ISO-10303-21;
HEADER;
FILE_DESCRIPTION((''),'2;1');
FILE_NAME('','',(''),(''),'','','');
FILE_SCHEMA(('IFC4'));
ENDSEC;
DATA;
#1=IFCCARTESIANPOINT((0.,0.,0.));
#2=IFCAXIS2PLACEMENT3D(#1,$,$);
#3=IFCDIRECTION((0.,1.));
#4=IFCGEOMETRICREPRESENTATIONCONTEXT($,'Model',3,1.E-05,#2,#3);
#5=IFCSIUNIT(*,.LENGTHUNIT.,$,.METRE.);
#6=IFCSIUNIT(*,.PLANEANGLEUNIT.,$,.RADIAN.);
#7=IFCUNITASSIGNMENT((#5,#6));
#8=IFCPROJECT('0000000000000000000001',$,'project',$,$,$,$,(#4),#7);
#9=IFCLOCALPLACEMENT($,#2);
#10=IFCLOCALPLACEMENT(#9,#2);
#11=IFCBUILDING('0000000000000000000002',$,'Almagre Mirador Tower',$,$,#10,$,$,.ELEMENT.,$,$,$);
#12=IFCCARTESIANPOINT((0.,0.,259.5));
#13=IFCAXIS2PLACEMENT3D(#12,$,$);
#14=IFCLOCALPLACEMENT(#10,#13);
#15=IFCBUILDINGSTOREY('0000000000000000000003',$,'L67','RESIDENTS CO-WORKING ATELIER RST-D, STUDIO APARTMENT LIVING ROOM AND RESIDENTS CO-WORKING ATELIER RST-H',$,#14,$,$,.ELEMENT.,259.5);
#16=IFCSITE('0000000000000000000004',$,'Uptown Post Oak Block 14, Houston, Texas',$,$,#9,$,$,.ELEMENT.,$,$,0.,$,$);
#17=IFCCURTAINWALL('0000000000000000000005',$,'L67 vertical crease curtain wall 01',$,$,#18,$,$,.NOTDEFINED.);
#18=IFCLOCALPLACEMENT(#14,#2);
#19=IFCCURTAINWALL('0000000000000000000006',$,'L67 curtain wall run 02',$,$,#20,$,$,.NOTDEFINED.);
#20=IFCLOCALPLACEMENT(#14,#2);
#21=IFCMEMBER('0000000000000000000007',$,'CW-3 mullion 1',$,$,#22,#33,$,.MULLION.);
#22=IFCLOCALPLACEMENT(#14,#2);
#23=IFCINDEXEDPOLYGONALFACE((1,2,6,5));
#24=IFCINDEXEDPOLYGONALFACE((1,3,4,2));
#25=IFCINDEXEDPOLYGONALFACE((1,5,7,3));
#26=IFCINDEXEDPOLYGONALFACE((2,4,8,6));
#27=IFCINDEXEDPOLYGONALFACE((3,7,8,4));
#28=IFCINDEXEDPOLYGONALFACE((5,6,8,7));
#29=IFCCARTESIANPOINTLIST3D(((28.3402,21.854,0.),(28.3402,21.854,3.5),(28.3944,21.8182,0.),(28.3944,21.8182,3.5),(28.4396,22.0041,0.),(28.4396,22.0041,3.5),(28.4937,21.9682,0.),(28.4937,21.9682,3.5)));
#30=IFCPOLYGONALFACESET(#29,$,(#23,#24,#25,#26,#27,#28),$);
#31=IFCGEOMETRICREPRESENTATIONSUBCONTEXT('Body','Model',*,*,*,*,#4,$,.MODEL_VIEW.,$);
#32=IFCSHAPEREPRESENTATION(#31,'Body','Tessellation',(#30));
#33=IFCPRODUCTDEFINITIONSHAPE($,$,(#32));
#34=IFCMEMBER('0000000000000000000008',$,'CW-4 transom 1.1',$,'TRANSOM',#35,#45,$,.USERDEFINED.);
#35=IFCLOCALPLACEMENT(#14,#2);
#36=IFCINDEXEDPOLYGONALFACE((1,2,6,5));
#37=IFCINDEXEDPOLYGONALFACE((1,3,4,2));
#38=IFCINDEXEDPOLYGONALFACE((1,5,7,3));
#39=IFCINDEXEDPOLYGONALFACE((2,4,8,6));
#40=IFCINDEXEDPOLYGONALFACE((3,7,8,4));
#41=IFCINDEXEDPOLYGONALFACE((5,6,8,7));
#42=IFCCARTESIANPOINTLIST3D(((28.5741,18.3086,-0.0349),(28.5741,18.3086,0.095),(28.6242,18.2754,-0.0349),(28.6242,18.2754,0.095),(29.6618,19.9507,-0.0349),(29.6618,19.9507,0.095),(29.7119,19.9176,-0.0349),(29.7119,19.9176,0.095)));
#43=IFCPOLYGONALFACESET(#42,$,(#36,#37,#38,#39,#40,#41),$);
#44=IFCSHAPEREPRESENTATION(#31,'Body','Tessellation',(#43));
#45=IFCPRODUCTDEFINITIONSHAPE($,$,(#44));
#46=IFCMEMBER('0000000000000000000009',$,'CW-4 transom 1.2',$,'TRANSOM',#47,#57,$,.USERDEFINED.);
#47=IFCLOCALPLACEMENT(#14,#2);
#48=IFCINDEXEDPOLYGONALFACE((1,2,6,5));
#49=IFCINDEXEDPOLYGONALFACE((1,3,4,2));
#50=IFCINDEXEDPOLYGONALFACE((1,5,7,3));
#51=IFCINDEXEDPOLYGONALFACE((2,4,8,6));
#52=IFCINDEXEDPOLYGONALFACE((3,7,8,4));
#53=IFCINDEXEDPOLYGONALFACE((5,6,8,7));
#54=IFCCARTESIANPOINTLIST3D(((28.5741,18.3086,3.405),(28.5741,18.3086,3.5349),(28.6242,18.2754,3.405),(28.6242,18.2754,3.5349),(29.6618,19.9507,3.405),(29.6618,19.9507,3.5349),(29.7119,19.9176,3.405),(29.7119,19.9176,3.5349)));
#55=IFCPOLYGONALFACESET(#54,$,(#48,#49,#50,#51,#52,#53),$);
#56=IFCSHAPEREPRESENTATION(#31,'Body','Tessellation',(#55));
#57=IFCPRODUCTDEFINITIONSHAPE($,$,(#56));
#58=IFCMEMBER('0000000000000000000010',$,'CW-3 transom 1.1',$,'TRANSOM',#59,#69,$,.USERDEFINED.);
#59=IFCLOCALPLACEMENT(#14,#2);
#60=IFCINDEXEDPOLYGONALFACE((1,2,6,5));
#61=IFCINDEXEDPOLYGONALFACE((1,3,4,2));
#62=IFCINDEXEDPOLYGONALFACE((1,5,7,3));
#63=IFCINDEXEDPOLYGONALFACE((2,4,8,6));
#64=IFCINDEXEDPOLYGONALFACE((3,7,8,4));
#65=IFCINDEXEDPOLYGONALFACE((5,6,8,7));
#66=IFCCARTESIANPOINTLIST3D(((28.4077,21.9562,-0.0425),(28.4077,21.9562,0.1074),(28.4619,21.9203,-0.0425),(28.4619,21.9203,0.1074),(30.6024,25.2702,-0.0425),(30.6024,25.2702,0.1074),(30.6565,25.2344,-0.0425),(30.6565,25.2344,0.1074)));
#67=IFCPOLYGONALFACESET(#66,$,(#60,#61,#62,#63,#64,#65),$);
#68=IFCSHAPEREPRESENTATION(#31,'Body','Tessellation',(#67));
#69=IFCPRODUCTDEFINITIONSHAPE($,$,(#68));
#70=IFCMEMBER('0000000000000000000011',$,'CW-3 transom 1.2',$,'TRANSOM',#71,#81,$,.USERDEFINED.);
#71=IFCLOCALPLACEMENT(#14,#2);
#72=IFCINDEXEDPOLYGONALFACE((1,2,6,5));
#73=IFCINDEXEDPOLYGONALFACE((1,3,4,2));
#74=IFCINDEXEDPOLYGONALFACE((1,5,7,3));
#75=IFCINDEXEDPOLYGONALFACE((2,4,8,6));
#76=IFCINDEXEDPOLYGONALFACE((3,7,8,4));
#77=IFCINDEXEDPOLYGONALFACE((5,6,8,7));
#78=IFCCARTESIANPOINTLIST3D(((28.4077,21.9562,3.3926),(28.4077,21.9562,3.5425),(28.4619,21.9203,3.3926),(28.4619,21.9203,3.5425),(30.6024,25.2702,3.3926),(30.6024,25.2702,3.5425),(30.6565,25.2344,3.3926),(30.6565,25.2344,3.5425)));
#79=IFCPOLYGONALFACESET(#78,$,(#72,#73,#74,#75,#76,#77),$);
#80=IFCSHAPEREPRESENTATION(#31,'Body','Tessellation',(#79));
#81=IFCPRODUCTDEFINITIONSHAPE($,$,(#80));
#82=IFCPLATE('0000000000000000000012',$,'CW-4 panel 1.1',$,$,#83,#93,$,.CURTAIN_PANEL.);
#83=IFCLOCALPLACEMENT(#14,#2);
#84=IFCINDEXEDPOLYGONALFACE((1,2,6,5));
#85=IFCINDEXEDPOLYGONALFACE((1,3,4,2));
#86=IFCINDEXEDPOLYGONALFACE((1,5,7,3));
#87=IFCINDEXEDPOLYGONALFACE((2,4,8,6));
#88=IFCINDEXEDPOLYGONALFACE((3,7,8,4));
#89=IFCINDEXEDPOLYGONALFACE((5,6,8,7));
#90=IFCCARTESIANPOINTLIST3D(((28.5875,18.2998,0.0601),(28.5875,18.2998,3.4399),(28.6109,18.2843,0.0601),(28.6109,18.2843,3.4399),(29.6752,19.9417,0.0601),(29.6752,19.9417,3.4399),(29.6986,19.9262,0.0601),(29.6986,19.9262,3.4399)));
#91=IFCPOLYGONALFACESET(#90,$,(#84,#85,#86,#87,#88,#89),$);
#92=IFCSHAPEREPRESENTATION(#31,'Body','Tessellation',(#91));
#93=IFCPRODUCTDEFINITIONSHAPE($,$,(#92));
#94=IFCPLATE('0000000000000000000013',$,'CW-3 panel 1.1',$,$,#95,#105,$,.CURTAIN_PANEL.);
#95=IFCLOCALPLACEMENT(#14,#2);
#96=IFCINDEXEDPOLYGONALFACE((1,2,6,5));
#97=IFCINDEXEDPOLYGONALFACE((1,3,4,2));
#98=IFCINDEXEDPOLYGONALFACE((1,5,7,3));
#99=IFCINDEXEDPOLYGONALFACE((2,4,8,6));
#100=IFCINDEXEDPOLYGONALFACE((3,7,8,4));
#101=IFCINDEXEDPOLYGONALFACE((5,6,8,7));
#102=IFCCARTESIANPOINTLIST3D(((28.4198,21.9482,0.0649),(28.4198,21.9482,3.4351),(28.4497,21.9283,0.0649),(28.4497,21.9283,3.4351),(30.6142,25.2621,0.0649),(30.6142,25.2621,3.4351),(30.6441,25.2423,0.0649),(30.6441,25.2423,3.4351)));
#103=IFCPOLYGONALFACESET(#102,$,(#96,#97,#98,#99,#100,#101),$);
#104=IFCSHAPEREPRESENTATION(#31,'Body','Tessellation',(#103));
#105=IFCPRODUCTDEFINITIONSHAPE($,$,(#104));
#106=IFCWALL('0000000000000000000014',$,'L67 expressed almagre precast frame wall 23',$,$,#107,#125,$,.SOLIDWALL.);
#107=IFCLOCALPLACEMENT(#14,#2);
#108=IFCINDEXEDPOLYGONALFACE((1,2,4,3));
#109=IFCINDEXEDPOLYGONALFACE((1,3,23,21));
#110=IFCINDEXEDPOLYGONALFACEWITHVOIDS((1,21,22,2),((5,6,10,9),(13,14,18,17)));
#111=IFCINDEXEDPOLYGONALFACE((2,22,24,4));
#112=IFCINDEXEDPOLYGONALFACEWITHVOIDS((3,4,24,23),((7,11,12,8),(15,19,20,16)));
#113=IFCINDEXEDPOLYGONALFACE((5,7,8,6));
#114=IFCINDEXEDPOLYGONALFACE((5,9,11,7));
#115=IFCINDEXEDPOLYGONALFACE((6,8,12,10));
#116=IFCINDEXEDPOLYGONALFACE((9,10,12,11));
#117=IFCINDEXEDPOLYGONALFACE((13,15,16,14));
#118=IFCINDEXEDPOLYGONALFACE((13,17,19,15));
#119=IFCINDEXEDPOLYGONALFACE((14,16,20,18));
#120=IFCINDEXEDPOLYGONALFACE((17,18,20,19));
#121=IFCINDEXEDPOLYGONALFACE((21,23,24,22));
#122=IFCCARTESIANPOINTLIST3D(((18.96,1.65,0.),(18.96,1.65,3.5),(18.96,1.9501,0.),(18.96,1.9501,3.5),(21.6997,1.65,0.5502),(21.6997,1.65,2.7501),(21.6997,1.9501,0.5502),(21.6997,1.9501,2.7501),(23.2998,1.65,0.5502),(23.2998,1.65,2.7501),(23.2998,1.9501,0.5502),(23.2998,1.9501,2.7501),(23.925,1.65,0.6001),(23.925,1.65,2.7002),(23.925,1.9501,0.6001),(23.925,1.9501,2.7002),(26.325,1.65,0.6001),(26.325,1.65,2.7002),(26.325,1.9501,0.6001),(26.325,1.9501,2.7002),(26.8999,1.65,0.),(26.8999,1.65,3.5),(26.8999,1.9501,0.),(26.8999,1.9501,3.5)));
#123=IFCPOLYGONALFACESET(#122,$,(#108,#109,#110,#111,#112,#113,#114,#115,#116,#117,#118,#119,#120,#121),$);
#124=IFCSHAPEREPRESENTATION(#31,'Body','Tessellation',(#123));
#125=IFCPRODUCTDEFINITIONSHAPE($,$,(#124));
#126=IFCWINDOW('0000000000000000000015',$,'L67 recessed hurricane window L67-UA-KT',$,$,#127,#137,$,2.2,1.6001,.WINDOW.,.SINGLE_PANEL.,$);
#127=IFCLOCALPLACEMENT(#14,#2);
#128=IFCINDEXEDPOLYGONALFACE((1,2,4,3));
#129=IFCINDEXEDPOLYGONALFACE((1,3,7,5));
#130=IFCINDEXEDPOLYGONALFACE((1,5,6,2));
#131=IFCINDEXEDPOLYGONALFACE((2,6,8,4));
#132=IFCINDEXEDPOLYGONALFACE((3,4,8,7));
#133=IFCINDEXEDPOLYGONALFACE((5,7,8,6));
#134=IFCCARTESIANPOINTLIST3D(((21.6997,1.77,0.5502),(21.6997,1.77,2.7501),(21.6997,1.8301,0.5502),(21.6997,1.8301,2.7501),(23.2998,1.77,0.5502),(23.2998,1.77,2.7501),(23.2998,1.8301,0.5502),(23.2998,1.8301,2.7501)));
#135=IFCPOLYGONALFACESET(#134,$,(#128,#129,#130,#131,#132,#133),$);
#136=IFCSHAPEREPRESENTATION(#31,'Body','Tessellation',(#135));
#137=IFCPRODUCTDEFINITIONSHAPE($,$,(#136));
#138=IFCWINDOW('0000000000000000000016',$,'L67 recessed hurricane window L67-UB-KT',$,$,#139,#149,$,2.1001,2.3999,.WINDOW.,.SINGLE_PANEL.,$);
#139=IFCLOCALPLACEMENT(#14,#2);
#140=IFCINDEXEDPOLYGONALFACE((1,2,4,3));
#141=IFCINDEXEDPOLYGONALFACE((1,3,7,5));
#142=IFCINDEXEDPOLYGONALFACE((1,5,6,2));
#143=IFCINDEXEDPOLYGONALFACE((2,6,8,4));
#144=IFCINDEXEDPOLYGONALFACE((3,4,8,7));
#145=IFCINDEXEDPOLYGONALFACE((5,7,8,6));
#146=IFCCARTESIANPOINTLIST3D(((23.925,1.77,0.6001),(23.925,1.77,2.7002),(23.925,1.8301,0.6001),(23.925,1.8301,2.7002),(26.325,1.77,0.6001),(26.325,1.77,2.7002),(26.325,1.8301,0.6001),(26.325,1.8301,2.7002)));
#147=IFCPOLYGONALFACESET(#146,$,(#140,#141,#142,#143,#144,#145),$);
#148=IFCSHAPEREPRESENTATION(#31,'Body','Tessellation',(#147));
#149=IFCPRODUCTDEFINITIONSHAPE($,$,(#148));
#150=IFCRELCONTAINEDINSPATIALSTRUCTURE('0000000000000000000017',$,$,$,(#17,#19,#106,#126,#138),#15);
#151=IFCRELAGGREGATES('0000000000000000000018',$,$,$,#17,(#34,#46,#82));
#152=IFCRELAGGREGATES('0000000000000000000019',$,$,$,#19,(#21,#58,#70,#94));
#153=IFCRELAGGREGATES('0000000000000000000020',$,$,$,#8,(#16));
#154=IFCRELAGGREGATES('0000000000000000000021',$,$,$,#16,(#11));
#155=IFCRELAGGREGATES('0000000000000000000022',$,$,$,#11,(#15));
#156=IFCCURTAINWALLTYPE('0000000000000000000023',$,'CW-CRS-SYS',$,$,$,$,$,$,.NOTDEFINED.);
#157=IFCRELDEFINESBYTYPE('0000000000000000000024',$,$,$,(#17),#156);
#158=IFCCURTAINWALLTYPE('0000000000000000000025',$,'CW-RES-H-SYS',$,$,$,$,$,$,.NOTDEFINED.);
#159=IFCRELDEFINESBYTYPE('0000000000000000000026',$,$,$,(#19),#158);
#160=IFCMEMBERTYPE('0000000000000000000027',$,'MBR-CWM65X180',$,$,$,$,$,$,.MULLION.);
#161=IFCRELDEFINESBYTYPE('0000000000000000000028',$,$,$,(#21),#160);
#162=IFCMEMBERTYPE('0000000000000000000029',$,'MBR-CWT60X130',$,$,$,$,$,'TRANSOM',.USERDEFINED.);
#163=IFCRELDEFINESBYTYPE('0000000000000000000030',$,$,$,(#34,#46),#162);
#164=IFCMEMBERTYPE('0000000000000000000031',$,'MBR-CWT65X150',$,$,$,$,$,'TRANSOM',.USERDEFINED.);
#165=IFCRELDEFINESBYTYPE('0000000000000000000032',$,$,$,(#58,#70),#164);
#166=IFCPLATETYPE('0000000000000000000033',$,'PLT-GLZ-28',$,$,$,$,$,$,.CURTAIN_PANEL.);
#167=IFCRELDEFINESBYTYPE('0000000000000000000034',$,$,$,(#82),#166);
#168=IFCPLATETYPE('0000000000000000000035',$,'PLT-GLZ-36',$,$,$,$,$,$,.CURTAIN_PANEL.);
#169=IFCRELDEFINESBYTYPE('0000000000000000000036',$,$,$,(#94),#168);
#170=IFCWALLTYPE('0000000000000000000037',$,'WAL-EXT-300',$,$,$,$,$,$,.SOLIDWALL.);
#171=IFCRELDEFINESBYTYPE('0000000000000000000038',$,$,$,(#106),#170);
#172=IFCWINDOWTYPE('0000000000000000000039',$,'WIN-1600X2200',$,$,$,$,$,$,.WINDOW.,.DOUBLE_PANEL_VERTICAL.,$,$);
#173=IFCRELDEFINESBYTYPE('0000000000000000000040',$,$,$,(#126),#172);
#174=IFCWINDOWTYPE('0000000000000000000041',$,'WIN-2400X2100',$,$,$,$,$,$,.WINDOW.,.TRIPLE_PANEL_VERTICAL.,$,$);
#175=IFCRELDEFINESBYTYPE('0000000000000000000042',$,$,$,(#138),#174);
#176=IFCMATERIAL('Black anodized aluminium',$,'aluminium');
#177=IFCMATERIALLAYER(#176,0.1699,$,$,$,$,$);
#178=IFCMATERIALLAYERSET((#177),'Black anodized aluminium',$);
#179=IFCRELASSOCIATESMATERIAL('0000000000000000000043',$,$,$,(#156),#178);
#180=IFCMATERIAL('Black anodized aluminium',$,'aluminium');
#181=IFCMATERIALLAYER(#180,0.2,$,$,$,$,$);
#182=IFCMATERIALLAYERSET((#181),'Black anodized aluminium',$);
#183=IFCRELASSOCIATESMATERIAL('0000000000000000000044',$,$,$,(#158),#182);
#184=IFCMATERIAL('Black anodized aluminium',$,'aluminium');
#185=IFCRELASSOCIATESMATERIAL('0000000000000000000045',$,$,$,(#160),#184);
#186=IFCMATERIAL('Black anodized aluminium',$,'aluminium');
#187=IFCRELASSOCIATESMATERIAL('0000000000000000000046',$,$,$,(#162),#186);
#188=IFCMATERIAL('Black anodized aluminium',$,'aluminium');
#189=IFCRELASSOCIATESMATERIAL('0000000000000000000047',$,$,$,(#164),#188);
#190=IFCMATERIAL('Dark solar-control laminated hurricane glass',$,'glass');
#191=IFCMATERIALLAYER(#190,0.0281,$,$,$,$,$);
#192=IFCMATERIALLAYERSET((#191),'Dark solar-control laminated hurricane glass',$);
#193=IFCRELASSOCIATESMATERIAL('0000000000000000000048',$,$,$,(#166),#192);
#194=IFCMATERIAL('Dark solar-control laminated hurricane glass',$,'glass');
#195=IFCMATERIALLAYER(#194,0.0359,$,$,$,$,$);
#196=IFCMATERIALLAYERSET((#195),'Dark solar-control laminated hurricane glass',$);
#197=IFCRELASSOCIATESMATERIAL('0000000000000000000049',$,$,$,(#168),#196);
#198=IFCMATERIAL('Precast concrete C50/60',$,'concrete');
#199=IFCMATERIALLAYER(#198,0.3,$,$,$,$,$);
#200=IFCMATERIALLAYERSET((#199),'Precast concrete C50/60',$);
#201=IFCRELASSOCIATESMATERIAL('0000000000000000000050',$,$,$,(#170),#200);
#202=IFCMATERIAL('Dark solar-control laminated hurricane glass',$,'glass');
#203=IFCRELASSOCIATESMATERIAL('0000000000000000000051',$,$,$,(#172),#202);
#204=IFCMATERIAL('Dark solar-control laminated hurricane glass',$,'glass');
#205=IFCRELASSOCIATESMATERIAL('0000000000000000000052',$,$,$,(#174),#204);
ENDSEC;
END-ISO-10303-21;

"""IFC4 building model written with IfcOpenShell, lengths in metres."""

from ifc_helpers import new_model, si_unit, direction, frame, frame_2d, origin, origin_2d, place, context, subcontext, project, spatial, rectangle, extrude, material, layer, layer_set, material_profile, profile_set, type_object, element, fill, aggregate, save


model = new_model("IFC4")

# Units and contexts
model_context = context("Model", 3, precision=1e-05, world=origin(), true_north=direction((0.0, 1.0)))
body_context = subcontext(model_context, "Body", "Model", "MODEL_VIEW")
ifc_project = project(units=[si_unit("LENGTHUNIT", "METRE"), si_unit("PLANEANGLEUNIT", "RADIAN")], contexts=[model_context])

# Site, building, storey
site_placement = place(None, origin())
site = spatial("IfcSite", under=ifc_project, at=site_placement, Name="Uptown Post Oak Block 14, Houston, Texas", CompositionType="ELEMENT", RefElevation=0.0)
building_placement = place(site_placement, origin())
building = spatial("IfcBuilding", under=site, at=building_placement, Name="Almagre Mirador Tower", CompositionType="ELEMENT")
storey_placement = place(building_placement, frame((0.0, 0.0, 259.5)))
storey = spatial("IfcBuildingStorey", under=building, at=storey_placement, Name="L67", Description="RESIDENTS CO-WORKING ATELIER RST-D, STUDIO APARTMENT LIVING ROOM AND RESIDENTS CO-WORKING ATELIER RST-H", CompositionType="ELEMENT", Elevation=259.5)

# Curtain walls, member
ifc_material_1 = material(Name="Black anodized aluminium", Category="aluminium")
ifc_layer_1 = layer(ifc_material_1, 0.1699)
ifc_layer_set_1 = layer_set([ifc_layer_1], Name="Black anodized aluminium")
curtain_wall_type_1 = type_object("IfcCurtainWallType", Name="CW-CRS-SYS", PredefinedType="NOTDEFINED", material=ifc_layer_set_1)
curtain_wall_1_placement = place(storey_placement, origin())
curtain_wall_1 = element("IfcCurtainWall", 1, at=curtain_wall_1_placement, inside=storey, type_object=curtain_wall_type_1, Name="L67 vertical crease curtain wall 01", PredefinedType="NOTDEFINED")
ifc_material_2 = material(Name="Black anodized aluminium", Category="aluminium")
ifc_layer_2 = layer(ifc_material_2, 0.2)
ifc_layer_set_2 = layer_set([ifc_layer_2], Name="Black anodized aluminium")
curtain_wall_type_2 = type_object("IfcCurtainWallType", Name="CW-RES-H-SYS", PredefinedType="NOTDEFINED", material=ifc_layer_set_2)
curtain_wall_2_placement = place(storey_placement, origin())
curtain_wall_2 = element("IfcCurtainWall", 2, at=curtain_wall_2_placement, inside=storey, type_object=curtain_wall_type_2, Name="L67 curtain wall run 02", PredefinedType="NOTDEFINED")
ifc_material_3 = material(Name="Black anodized aluminium", Category="aluminium")
ifc_material_profile_1 = material_profile(ifc_material_3, rectangle(XDim=0.0649, YDim=0.1799, at=origin_2d()), Name="CWM65X180")
ifc_profile_set_1 = profile_set([ifc_material_profile_1], Name="Black anodized aluminium")
member_type_1 = type_object("IfcMemberType", Name="MBR-CWM65X180", PredefinedType="MULLION", material=ifc_profile_set_1)
member_1_placement = place(storey_placement, frame((28.417, 21.9111, 0.0), z_axis=(0.0, 0.0, 1.0), x_axis=(-0.833775, 0.552105, 0.0)))
member_1 = element("IfcMember", 3, at=member_1_placement, type_object=member_type_1, Name="CW-3 mullion 1", PredefinedType="MULLION", context=body_context, shape_type="SweptSolid", body=[
    extrude(rectangle(XDim=0.0649, YDim=0.1799, at=origin_2d()), origin(), (0.0, 0.0, 1.0), 3.5),
])

# Members
ifc_material_4 = material(Name="Black anodized aluminium", Category="aluminium")
ifc_material_profile_2 = material_profile(ifc_material_4, rectangle(XDim=0.0601, YDim=0.1299, at=origin_2d()), Name="CWT60X130")
ifc_profile_set_2 = profile_set([ifc_material_profile_2], Name="Black anodized aluminium")
member_type_2 = type_object("IfcMemberType", Name="MBR-CWT60X130", ElementType="TRANSOM", PredefinedType="USERDEFINED", material=ifc_profile_set_2)
member_2_placement = place(storey_placement, frame((28.5991, 18.292, 0.03), z_axis=(0.552209, 0.833706, 0.0), x_axis=(-0.833706, 0.552209, 0.0)))
member_2 = element("IfcMember", 4, at=member_2_placement, type_object=member_type_2, Name="CW-4 transom 1.1", ObjectType="TRANSOM", PredefinedType="USERDEFINED", context=body_context, shape_type="SweptSolid", body=[
    extrude(rectangle(XDim=0.0601, YDim=0.1299, at=origin_2d()), origin(), (0.0, 0.0, 1.0), 1.9697),
])
member_3_placement = place(storey_placement, frame((28.5991, 18.292, 3.47), z_axis=(0.552209, 0.833706, 0.0), x_axis=(-0.833706, 0.552209, 0.0)))
member_3 = element("IfcMember", 5, at=member_3_placement, type_object=member_type_2, Name="CW-4 transom 1.2", ObjectType="TRANSOM", PredefinedType="USERDEFINED", context=body_context, shape_type="SweptSolid", body=[
    extrude(rectangle(XDim=0.0601, YDim=0.1299, at=origin_2d()), origin(), (0.0, 0.0, 1.0), 1.9697),
])
ifc_material_5 = material(Name="Black anodized aluminium", Category="aluminium")
ifc_material_profile_3 = material_profile(ifc_material_5, rectangle(XDim=0.0649, YDim=0.1499, at=origin_2d()), Name="CWT65X150")
ifc_profile_set_3 = profile_set([ifc_material_profile_3], Name="Black anodized aluminium")
member_type_3 = type_object("IfcMemberType", Name="MBR-CWT65X150", ElementType="TRANSOM", PredefinedType="USERDEFINED", material=ifc_profile_set_3)
member_4_placement = place(storey_placement, frame((28.4348, 21.9382, 0.0325), z_axis=(0.552132, 0.833757, 0.0), x_axis=(-0.833757, 0.552132, 0.0)))
member_4 = element("IfcMember", 6, at=member_4_placement, type_object=member_type_3, Name="CW-3 transom 1.1", ObjectType="TRANSOM", PredefinedType="USERDEFINED", context=body_context, shape_type="SweptSolid", body=[
    extrude(rectangle(XDim=0.0649, YDim=0.1499, at=origin_2d()), origin(), (0.0, 0.0, 1.0), 3.9749),
])
member_5_placement = place(storey_placement, frame((28.4348, 21.9382, 3.4675), z_axis=(0.552132, 0.833757, 0.0), x_axis=(-0.833757, 0.552132, 0.0)))
member_5 = element("IfcMember", 7, at=member_5_placement, type_object=member_type_3, Name="CW-3 transom 1.2", ObjectType="TRANSOM", PredefinedType="USERDEFINED", context=body_context, shape_type="SweptSolid", body=[
    extrude(rectangle(XDim=0.0649, YDim=0.1499, at=origin_2d()), origin(), (0.0, 0.0, 1.0), 3.9749),
])

# Plates
ifc_material_6 = material(Name="Dark solar-control laminated hurricane glass", Category="glass")
ifc_layer_3 = layer(ifc_material_6, 0.0281)
ifc_layer_set_3 = layer_set([ifc_layer_3], Name="Dark solar-control laminated hurricane glass")
plate_type_1 = type_object("IfcPlateType", Name="PLT-GLZ-28", PredefinedType="CURTAIN_PANEL", material=ifc_layer_set_3)
plate_1_placement = place(storey_placement, frame((29.1431, 19.113, 0.0601), z_axis=(0.0, 0.0, 1.0), x_axis=(0.552268, 0.833667, 0.0)))
plate_1 = element("IfcPlate", 8, at=plate_1_placement, type_object=plate_type_1, Name="CW-4 panel 1.1", PredefinedType="CURTAIN_PANEL", context=body_context, shape_type="SweptSolid", body=[
    extrude(rectangle(XDim=1.9695, YDim=0.0281, at=origin_2d()), origin(), (0.0, 0.0, 1.0), 3.3799),
])
aggregate(curtain_wall_1, [member_2, member_3, plate_1])
ifc_material_7 = material(Name="Dark solar-control laminated hurricane glass", Category="glass")
ifc_layer_4 = layer(ifc_material_7, 0.0359)
ifc_layer_set_4 = layer_set([ifc_layer_4], Name="Dark solar-control laminated hurricane glass")
plate_type_2 = type_object("IfcPlateType", Name="PLT-GLZ-36", PredefinedType="CURTAIN_PANEL", material=ifc_layer_set_4)
plate_2_placement = place(storey_placement, frame((29.532, 23.5952, 0.0649), z_axis=(0.0, 0.0, 1.0), x_axis=(0.552105, 0.833775, 0.0)))
plate_2 = element("IfcPlate", 9, at=plate_2_placement, type_object=plate_type_2, Name="CW-3 panel 1.1", PredefinedType="CURTAIN_PANEL", context=body_context, shape_type="SweptSolid", body=[
    extrude(rectangle(XDim=3.9746, YDim=0.0359, at=origin_2d()), origin(), (0.0, 0.0, 1.0), 3.3701),
])
aggregate(curtain_wall_2, [member_1, member_4, member_5, plate_2])

# Wall, openings, windows
ifc_material_8 = material(Name="Precast concrete C50/60", Category="concrete")
ifc_layer_5 = layer(ifc_material_8, 0.3)
ifc_layer_set_5 = layer_set([ifc_layer_5], Name="Precast concrete C50/60")
wall_type_1 = type_object("IfcWallType", Name="WAL-EXT-300", PredefinedType="SOLIDWALL", material=ifc_layer_set_5)
wall_1_placement = place(storey_placement, frame((26.8999, 1.8, 0.0), z_axis=(0.0, 0.0, 1.0), x_axis=(-1.0, 0.0, 0.0)))
wall_1 = element("IfcWall", 10, at=wall_1_placement, inside=storey, type_object=wall_type_1, Name="L67 expressed almagre precast frame wall 23", PredefinedType="SOLIDWALL", context=body_context, shape_type="SweptSolid", body=[
    extrude(rectangle(XDim=7.9399, YDim=0.3, at=frame_2d((3.97, 0.0))), origin(), (0.0, 0.0, 1.0), 3.5),
])
opening_1_placement = place(wall_1_placement, frame((3.6001, 0.0, 0.55)))
opening_1 = element("IfcOpeningElement", 11, at=opening_1_placement, cuts=wall_1, PredefinedType="OPENING", context=body_context, shape_type="SweptSolid", body=[
    extrude(rectangle(XDim=1.6001, YDim=2.2, at=frame_2d((0.8, 1.1001))), frame((0.0, 0.1599, 0.0), z_axis=(0.0, -1.0, 0.0), x_axis=(1.0, 0.0, 0.0)), (0.0, 0.0, 1.0), 0.32),
])
opening_2_placement = place(wall_1_placement, frame((0.575, 0.0, 0.6001)))
opening_2 = element("IfcOpeningElement", 12, at=opening_2_placement, cuts=wall_1, PredefinedType="OPENING", context=body_context, shape_type="SweptSolid", body=[
    extrude(rectangle(XDim=2.3999, YDim=2.1001, at=frame_2d((1.2, 1.05))), frame((0.0, 0.1599, 0.0), z_axis=(0.0, -1.0, 0.0), x_axis=(1.0, 0.0, 0.0)), (0.0, 0.0, 1.0), 0.32),
])
ifc_material_9 = material(Name="Dark solar-control laminated hurricane glass", Category="glass")
window_type_1 = type_object("IfcWindowType", Name="WIN-1600X2200", PartitioningType="DOUBLE_PANEL_VERTICAL", PredefinedType="WINDOW", material=ifc_material_9)
window_1_placement = place(opening_1_placement, origin())
window_1 = element("IfcWindow", 13, at=window_1_placement, inside=storey, type_object=window_type_1, Name="L67 recessed hurricane window L67-UA-KT", OverallHeight=2.2, OverallWidth=1.6001, PartitioningType="SINGLE_PANEL", PredefinedType="WINDOW", context=body_context, shape_type="SweptSolid", body=[
    extrude(rectangle(XDim=1.6001, YDim=2.2, at=frame_2d((0.8, 1.1001))), frame((0.0, 0.03, 0.0), z_axis=(0.0, -1.0, 0.0), x_axis=(1.0, 0.0, 0.0)), (0.0, 0.0, 1.0), 0.0601),
])
fill(opening_1, window_1)
ifc_material_10 = material(Name="Dark solar-control laminated hurricane glass", Category="glass")
window_type_2 = type_object("IfcWindowType", Name="WIN-2400X2100", PartitioningType="TRIPLE_PANEL_VERTICAL", PredefinedType="WINDOW", material=ifc_material_10)
window_2_placement = place(opening_2_placement, origin())
window_2 = element("IfcWindow", 14, at=window_2_placement, inside=storey, type_object=window_type_2, Name="L67 recessed hurricane window L67-UB-KT", OverallHeight=2.1001, OverallWidth=2.3999, PartitioningType="SINGLE_PANEL", PredefinedType="WINDOW", context=body_context, shape_type="SweptSolid", body=[
    extrude(rectangle(XDim=2.3999, YDim=2.1001, at=frame_2d((1.2, 1.05))), frame((0.0, 0.03, 0.0), z_axis=(0.0, -1.0, 0.0), x_axis=(1.0, 0.0, 0.0)), (0.0, 0.0, 1.0), 0.0601),
])
fill(opening_2, window_2)

save(model, "model.ifc")
